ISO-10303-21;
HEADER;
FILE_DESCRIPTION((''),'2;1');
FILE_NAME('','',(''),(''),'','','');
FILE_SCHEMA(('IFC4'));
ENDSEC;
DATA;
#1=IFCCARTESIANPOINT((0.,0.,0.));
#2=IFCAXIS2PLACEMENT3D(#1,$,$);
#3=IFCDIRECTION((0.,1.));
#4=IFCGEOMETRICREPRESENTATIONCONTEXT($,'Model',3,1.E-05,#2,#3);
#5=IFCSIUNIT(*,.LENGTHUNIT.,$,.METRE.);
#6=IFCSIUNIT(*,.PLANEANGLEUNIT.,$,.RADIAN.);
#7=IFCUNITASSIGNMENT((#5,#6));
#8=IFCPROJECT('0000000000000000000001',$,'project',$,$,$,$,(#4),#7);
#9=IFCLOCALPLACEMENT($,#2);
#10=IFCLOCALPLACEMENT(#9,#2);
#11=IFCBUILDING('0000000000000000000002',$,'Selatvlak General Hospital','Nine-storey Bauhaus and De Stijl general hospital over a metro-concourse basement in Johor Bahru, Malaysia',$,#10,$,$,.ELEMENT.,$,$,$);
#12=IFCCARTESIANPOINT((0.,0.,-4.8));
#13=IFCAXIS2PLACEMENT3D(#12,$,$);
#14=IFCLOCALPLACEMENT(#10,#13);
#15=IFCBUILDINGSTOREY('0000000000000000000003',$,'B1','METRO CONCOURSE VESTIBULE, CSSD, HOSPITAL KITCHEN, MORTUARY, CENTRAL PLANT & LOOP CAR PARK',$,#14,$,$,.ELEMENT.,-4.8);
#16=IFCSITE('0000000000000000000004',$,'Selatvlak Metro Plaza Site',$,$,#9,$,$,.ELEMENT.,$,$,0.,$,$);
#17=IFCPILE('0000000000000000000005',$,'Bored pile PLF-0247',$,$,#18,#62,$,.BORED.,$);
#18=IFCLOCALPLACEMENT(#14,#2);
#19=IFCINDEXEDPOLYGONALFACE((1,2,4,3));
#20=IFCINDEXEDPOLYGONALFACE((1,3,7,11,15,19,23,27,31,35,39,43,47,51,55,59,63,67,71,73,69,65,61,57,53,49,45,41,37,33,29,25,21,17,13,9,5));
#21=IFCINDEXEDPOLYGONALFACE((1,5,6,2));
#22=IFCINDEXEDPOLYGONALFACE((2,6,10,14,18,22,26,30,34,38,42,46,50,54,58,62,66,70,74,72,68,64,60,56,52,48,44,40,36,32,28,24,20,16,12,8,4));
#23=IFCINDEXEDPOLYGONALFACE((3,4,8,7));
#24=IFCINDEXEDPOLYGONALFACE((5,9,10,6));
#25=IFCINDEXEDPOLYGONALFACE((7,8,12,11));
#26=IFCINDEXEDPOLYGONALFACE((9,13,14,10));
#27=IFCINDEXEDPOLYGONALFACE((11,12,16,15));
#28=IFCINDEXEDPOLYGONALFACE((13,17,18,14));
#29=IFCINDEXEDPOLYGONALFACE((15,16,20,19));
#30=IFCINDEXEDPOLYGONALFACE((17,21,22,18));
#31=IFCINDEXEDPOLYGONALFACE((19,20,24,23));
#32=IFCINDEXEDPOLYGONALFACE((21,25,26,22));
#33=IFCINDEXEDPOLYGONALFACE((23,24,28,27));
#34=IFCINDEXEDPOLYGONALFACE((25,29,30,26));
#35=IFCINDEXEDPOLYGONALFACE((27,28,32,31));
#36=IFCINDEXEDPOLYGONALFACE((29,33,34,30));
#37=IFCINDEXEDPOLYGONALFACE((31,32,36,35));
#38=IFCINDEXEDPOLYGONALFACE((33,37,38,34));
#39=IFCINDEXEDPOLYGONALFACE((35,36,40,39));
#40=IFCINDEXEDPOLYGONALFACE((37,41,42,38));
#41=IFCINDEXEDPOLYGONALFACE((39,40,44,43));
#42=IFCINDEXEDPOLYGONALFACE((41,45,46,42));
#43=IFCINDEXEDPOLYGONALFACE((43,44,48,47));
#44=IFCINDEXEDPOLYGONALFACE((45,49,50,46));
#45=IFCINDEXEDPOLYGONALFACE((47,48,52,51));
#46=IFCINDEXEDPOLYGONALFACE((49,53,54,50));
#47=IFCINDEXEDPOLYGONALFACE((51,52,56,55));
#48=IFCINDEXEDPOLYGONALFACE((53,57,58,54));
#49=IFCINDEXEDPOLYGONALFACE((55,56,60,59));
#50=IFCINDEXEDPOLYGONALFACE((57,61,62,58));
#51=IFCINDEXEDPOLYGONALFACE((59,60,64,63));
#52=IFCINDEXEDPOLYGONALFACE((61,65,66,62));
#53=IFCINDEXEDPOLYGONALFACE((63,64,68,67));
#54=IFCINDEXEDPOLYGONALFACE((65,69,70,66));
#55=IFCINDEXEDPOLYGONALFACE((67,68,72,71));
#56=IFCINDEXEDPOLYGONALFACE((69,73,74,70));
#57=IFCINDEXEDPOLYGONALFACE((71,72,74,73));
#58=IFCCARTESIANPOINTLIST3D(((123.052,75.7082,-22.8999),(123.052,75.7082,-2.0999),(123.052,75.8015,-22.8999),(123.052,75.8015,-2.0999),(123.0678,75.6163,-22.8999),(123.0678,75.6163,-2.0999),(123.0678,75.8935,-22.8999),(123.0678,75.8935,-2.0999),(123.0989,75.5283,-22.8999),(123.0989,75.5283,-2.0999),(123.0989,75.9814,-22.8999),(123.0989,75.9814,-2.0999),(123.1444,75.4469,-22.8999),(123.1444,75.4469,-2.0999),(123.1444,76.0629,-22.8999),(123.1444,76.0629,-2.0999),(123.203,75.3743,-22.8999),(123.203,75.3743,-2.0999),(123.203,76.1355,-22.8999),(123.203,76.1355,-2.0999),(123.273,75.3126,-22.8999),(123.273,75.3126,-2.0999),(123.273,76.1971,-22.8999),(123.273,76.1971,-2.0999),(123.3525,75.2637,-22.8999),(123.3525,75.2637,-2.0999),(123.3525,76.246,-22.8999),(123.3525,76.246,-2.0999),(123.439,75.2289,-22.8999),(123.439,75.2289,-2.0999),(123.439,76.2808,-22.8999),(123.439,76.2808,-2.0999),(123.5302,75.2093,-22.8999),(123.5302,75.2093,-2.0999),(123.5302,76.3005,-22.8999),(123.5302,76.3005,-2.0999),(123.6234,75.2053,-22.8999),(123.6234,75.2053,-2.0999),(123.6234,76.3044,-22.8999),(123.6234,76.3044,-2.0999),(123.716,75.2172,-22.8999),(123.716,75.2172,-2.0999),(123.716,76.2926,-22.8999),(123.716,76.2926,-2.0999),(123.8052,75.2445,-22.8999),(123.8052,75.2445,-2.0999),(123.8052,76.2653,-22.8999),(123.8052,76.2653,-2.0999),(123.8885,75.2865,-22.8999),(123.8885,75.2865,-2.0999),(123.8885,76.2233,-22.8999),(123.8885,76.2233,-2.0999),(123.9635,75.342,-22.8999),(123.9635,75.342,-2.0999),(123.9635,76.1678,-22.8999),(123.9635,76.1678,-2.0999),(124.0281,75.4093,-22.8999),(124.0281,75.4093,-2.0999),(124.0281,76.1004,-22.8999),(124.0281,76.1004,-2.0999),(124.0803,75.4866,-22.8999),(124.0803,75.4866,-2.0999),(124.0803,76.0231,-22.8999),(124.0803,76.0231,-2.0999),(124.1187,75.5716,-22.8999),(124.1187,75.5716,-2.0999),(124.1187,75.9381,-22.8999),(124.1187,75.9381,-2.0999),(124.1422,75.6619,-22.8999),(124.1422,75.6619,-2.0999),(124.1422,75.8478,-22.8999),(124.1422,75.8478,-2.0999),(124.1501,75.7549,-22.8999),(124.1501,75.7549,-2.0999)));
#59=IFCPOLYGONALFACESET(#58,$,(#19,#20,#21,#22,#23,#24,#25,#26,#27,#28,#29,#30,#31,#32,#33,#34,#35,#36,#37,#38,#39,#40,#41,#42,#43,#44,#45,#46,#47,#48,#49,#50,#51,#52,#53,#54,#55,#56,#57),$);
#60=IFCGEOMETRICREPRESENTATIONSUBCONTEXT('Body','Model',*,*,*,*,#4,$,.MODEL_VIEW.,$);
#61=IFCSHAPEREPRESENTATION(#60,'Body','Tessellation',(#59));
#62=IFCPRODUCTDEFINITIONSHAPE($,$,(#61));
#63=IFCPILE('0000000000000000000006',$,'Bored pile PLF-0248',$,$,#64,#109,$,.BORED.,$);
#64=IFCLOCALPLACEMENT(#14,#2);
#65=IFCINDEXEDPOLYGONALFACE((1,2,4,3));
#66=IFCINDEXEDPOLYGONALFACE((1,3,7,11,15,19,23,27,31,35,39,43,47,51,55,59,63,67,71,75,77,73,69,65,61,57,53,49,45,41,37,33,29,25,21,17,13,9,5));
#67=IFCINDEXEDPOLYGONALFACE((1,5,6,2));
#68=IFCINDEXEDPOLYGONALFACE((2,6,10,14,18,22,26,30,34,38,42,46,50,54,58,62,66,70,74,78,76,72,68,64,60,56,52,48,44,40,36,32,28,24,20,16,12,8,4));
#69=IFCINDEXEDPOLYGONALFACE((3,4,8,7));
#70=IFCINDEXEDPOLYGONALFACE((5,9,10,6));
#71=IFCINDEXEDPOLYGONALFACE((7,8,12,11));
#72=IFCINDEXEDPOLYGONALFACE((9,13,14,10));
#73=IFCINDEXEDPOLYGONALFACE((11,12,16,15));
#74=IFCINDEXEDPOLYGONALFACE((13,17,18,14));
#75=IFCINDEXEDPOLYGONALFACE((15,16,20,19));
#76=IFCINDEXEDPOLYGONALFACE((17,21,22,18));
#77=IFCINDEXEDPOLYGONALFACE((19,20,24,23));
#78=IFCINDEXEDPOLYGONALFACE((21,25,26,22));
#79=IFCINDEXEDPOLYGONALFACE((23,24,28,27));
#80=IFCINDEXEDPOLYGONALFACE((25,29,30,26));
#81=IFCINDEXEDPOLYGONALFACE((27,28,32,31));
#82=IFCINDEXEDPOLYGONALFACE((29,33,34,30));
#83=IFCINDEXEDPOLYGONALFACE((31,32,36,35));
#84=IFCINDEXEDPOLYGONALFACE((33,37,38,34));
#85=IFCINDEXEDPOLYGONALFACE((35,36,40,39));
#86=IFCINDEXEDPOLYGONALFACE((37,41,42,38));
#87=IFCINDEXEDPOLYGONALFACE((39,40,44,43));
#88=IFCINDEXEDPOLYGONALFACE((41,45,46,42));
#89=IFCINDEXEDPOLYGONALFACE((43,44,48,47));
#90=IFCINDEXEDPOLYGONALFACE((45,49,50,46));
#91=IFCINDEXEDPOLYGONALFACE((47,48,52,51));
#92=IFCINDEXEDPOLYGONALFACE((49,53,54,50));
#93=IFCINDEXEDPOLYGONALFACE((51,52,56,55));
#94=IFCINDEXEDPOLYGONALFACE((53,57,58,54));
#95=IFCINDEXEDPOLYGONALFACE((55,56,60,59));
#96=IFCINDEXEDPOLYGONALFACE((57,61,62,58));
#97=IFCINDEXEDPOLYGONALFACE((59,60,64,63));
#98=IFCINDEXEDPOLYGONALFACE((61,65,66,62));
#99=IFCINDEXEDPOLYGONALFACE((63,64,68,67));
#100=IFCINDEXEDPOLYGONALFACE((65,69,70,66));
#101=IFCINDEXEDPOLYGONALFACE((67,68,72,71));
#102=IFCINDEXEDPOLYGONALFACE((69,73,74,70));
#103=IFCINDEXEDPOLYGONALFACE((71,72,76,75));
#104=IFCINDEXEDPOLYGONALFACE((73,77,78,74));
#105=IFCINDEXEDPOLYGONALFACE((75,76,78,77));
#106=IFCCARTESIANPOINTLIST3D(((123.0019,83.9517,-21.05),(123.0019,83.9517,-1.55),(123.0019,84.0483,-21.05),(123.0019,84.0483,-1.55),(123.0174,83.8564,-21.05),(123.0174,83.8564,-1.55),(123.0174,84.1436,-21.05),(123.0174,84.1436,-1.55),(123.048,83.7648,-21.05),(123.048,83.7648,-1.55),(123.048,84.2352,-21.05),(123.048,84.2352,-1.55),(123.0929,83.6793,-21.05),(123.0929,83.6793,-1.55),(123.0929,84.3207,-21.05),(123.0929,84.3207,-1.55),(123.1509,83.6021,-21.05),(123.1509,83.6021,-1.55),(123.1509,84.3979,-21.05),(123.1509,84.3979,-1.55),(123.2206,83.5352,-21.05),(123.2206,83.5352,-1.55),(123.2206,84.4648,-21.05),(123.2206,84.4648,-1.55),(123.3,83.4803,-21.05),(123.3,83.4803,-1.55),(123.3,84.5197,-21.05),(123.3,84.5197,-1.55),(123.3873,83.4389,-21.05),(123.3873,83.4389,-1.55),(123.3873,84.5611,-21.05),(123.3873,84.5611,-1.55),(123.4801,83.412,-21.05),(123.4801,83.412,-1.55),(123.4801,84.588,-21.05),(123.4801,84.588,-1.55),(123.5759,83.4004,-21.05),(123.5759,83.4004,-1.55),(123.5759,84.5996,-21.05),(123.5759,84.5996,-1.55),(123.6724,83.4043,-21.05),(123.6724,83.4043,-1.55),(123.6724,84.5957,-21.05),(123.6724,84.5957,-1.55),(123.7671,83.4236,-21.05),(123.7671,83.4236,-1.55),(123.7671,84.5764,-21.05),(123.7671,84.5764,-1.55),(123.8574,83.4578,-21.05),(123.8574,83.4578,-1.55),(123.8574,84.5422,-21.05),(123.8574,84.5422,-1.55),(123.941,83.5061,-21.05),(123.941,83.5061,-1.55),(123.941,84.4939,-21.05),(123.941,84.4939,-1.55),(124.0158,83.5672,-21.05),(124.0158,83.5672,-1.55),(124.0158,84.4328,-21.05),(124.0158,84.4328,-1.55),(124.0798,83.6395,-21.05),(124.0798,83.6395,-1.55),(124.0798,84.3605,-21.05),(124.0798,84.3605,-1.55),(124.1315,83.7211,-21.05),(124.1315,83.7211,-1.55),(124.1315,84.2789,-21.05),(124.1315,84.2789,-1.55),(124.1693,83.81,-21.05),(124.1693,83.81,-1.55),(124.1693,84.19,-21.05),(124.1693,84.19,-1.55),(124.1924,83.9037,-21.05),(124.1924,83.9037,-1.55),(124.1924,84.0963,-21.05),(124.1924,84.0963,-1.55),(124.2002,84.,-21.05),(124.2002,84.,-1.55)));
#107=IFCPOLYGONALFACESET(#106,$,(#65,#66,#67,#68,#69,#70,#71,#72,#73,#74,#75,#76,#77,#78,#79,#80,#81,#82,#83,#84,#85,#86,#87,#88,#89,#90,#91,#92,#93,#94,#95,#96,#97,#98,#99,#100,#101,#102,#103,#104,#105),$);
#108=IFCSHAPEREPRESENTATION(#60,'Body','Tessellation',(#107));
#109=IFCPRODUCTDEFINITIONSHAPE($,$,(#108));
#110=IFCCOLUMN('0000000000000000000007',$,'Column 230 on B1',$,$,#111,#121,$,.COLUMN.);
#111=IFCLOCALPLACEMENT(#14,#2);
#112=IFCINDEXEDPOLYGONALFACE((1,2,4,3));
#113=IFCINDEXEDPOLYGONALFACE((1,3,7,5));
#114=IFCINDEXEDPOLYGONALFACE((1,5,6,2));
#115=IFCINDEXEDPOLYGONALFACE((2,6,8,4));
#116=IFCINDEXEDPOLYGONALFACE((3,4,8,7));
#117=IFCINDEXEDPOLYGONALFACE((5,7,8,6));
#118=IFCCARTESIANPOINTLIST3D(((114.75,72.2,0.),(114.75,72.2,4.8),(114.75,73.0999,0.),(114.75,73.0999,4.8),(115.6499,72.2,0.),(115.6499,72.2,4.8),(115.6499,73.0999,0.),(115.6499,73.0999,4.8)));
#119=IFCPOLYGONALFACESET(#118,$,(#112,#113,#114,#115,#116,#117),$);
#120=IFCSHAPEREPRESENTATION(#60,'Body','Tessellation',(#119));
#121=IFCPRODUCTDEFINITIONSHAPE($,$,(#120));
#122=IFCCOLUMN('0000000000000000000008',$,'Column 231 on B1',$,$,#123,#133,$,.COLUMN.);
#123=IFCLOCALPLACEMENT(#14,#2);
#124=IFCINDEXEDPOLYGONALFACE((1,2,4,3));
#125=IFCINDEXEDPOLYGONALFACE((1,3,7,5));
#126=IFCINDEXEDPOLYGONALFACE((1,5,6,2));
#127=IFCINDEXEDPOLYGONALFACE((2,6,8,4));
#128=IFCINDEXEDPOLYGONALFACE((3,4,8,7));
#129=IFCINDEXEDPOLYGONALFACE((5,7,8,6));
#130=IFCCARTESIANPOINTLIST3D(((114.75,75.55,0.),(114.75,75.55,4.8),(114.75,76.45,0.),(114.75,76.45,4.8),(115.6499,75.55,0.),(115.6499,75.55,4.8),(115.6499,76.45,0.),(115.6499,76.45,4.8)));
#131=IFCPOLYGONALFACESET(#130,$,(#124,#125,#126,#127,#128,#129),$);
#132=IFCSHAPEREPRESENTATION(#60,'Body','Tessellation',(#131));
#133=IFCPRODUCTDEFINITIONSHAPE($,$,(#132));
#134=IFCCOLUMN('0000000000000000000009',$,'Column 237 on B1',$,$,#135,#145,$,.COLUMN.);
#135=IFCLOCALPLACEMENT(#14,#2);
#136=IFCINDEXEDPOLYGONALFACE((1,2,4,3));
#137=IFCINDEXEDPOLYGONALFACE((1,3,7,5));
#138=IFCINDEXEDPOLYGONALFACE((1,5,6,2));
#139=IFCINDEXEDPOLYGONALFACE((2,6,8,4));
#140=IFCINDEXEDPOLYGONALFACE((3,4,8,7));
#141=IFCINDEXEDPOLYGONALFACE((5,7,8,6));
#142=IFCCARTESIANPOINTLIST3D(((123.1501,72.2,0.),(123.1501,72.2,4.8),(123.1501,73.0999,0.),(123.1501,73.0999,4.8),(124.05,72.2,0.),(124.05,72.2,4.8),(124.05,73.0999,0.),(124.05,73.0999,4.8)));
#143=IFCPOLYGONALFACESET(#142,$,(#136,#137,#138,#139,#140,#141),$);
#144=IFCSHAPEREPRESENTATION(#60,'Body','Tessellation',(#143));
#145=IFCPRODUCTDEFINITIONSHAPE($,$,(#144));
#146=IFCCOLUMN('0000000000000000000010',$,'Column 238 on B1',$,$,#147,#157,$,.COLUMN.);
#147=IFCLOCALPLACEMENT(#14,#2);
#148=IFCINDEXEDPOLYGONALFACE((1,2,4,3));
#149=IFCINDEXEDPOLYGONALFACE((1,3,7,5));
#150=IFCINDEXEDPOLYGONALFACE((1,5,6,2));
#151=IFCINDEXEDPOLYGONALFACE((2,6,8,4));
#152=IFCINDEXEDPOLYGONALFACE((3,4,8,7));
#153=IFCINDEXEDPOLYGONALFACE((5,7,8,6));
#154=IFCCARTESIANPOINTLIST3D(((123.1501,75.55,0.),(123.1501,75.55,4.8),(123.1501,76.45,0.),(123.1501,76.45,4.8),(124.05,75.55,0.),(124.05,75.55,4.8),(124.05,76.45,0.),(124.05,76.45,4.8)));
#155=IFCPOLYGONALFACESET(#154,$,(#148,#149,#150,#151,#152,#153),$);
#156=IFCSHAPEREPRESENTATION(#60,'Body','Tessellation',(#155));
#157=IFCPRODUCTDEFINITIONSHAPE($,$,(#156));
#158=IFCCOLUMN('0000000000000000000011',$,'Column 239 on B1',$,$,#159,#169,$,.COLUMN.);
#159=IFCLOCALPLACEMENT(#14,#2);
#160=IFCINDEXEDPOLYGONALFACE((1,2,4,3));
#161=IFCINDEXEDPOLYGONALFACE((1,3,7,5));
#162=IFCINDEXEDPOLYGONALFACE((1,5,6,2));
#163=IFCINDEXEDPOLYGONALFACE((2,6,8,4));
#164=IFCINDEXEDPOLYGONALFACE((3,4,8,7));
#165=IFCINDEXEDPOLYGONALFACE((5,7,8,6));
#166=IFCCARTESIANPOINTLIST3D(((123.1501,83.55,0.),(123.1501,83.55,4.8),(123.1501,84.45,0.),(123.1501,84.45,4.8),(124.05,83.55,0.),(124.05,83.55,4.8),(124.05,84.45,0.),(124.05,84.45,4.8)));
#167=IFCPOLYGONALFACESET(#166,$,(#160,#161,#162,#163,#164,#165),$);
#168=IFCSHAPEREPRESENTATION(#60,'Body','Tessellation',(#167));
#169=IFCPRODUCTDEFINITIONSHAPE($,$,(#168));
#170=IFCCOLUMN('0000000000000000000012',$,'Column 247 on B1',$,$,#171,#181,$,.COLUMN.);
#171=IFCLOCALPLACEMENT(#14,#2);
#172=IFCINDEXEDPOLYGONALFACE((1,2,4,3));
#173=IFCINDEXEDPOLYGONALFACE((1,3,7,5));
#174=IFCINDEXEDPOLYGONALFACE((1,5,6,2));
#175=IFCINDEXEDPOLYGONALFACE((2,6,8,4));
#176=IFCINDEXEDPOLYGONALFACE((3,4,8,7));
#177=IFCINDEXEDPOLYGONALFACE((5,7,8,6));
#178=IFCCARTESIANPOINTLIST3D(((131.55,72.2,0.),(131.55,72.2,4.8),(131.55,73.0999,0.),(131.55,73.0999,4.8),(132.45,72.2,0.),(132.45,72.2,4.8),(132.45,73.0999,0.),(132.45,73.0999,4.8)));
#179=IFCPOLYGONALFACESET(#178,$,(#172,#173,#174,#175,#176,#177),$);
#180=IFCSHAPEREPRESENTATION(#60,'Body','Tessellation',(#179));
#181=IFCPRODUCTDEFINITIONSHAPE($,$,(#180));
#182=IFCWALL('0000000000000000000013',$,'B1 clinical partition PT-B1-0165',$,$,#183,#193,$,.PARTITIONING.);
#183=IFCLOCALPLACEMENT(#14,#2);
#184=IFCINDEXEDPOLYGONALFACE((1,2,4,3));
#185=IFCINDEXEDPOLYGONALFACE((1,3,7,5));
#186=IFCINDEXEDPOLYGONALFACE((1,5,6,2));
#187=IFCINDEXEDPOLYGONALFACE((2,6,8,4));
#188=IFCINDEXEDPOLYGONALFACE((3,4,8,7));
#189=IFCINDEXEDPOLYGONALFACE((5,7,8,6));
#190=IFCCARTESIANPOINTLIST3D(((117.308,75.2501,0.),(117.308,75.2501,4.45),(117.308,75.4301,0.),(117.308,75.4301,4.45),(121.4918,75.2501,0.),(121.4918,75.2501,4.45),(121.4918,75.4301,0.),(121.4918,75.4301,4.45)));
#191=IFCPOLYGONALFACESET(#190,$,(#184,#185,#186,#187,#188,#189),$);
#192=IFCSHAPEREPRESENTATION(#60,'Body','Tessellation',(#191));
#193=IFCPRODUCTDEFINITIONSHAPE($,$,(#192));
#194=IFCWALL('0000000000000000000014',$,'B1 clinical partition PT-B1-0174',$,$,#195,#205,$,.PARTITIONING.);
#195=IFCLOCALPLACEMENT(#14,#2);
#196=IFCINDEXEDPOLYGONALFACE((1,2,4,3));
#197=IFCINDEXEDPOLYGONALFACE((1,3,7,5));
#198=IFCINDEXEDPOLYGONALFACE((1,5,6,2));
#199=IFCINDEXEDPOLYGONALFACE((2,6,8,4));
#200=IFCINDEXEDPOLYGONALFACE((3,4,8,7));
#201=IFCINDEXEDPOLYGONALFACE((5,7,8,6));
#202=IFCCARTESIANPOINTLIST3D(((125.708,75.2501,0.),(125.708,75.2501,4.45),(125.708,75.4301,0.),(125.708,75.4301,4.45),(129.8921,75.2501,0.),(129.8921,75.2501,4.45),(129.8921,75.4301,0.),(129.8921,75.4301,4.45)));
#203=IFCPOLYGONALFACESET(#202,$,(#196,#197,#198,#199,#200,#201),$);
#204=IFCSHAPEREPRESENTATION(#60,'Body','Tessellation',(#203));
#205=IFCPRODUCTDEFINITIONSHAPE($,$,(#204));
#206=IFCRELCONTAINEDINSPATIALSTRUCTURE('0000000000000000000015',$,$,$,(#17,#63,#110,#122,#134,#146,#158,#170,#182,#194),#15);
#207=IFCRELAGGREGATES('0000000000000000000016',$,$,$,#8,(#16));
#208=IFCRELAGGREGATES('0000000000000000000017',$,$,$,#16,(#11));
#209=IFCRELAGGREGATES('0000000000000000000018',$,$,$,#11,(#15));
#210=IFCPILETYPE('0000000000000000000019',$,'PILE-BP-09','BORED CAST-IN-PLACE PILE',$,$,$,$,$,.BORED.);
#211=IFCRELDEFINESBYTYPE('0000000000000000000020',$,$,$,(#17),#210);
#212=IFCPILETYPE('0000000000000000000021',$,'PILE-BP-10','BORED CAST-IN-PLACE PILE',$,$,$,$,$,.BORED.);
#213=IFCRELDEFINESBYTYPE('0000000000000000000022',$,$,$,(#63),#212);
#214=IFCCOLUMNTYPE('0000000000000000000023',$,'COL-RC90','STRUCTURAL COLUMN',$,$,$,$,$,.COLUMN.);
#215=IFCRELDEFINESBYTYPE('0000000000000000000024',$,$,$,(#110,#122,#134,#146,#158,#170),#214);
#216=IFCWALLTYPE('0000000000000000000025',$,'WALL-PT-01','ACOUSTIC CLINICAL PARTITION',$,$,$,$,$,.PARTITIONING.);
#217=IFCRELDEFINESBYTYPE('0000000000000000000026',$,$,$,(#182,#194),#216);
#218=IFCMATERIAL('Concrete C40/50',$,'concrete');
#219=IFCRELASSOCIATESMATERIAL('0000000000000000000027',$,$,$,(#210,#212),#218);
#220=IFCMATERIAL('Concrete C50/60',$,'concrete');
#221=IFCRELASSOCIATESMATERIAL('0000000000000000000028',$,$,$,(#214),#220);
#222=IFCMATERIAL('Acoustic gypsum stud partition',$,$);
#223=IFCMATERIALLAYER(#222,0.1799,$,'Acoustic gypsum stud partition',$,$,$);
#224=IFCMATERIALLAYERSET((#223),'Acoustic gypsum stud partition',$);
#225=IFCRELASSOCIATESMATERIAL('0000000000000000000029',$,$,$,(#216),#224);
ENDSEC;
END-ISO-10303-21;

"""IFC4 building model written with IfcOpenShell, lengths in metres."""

from ifc_helpers import new_model, si_unit, direction, frame, frame_2d, origin, origin_2d, place, context, subcontext, project, spatial, rectangle, circle, extrude, material, layer, layer_set, material_profile, profile_set, type_object, element, save


model = new_model("IFC4")

# Units and contexts
model_context = context("Model", 3, precision=1e-05, world=origin(), true_north=direction((0.0, 1.0)))
body_context = subcontext(model_context, "Body", "Model", "MODEL_VIEW")
ifc_project = project(units=[si_unit("LENGTHUNIT", "METRE"), si_unit("PLANEANGLEUNIT", "RADIAN")], contexts=[model_context])

# Site, building, storey
site_placement = place(None, origin())
site = spatial("IfcSite", under=ifc_project, at=site_placement, Name="Selatvlak Metro Plaza Site", CompositionType="ELEMENT", RefElevation=0.0)
building_placement = place(site_placement, origin())
building = spatial("IfcBuilding", under=site, at=building_placement, Name="Selatvlak General Hospital", Description="Nine-storey Bauhaus and De Stijl general hospital over a metro-concourse basement in Johor Bahru, Malaysia", CompositionType="ELEMENT")
storey_placement = place(building_placement, frame((0.0, 0.0, -4.8)))
storey = spatial("IfcBuildingStorey", under=building, at=storey_placement, Name="B1", Description="METRO CONCOURSE VESTIBULE, CSSD, HOSPITAL KITCHEN, MORTUARY, CENTRAL PLANT & LOOP CAR PARK", CompositionType="ELEMENT", Elevation=-4.8)

# Shared definitions
ifc_material_1 = material(Name="Concrete C40/50", Category="concrete")

# Piles
ifc_material_profile_1 = material_profile(ifc_material_1, circle(Radius=0.55, at=origin_2d()), Name="BORED PILE 1100")
ifc_profile_set_1 = profile_set([ifc_material_profile_1], Name="Concrete C40/50")
pile_type_1 = type_object("IfcPileType", Name="PILE-BP-09", Description="BORED CAST-IN-PLACE PILE", PredefinedType="BORED", material=ifc_profile_set_1)
for number, where, z_axis, x_axis, name in (
    (1, (123.6001, 75.7549, -2.0999), (0.0, 0.0, -1.0), (1.0, 0.0, 0.0), "Bored pile PLF-0247"),
):
    element("IfcPile", number, at=place(storey_placement, frame(where, z_axis=z_axis, x_axis=x_axis)), inside=storey, type_object=pile_type_1, Name=name, PredefinedType="BORED", context=body_context, shape_type="SweptSolid", body=[
        extrude(circle(Radius=0.55, at=origin_2d()), origin(), (0.0, 0.0, 1.0), 20.8),
    ])
ifc_material_profile_2 = material_profile(ifc_material_1, circle(Radius=0.6001, at=origin_2d()), Name="BORED PILE 1200")
ifc_profile_set_2 = profile_set([ifc_material_profile_2], Name="Concrete C40/50")
pile_type_2 = type_object("IfcPileType", Name="PILE-BP-10", Description="BORED CAST-IN-PLACE PILE", PredefinedType="BORED", material=ifc_profile_set_2)
pile_1_placement = place(storey_placement, frame((123.6001, 84.0, -1.55), z_axis=(0.0, 0.0, -1.0), x_axis=(1.0, 0.0, 0.0)))
element("IfcPile", 2, at=pile_1_placement, inside=storey, type_object=pile_type_2, Name="Bored pile PLF-0248", PredefinedType="BORED", context=body_context, shape_type="SweptSolid", body=[
    extrude(circle(Radius=0.6001, at=origin_2d()), origin(), (0.0, 0.0, 1.0), 19.5),
])

# Columns
ifc_material_2 = material(Name="Concrete C50/60", Category="concrete")
ifc_material_profile_3 = material_profile(ifc_material_2, rectangle(XDim=0.8999, YDim=0.8999, at=origin_2d()), Name="RC-COL 900x900")
ifc_profile_set_3 = profile_set([ifc_material_profile_3], Name="Concrete C50/60")
column_type = type_object("IfcColumnType", Name="COL-RC90", Description="STRUCTURAL COLUMN", PredefinedType="COLUMN", material=ifc_profile_set_3)
for number, where, z_axis, x_axis, name in (
    (3, (115.2, 72.6499, 0.0), (0.0, 0.0, 1.0), (1.0, 0.0, 0.0), "Column 230 on B1"),
    (4, (115.2, 76.0, 0.0), (0.0, 0.0, 1.0), (1.0, 0.0, 0.0), "Column 231 on B1"),
    (5, (123.6001, 72.6499, 0.0), (0.0, 0.0, 1.0), (1.0, 0.0, 0.0), "Column 237 on B1"),
    (6, (123.6001, 76.0, 0.0), (0.0, 0.0, 1.0), (1.0, 0.0, 0.0), "Column 238 on B1"),
    (7, (123.6001, 84.0, 0.0), (0.0, 0.0, 1.0), (1.0, 0.0, 0.0), "Column 239 on B1"),
    (8, (132.0, 72.6499, 0.0), (0.0, 0.0, 1.0), (1.0, 0.0, 0.0), "Column 247 on B1"),
):
    element("IfcColumn", number, at=place(storey_placement, frame(where, z_axis=z_axis, x_axis=x_axis)), inside=storey, type_object=column_type, Name=name, PredefinedType="COLUMN", context=body_context, shape_type="SweptSolid", body=[
        extrude(rectangle(XDim=0.8999, YDim=0.8999, at=origin_2d()), origin(), (0.0, 0.0, 1.0), 4.8),
    ])

# Walls
ifc_material_3 = material(Name="Acoustic gypsum stud partition")
ifc_layer_1 = layer(ifc_material_3, 0.1799, Name="Acoustic gypsum stud partition")
ifc_layer_set_1 = layer_set([ifc_layer_1], Name="Acoustic gypsum stud partition")
wall_type_1 = type_object("IfcWallType", Name="WALL-PT-01", Description="ACOUSTIC CLINICAL PARTITION", PredefinedType="PARTITIONING", material=ifc_layer_set_1)
wall_1_placement = place(storey_placement, frame((117.3081, 75.3401, 0.0), z_axis=(0.0, 0.0, 1.0), x_axis=(1.0, 0.0, 0.0)))
element("IfcWall", 9, at=wall_1_placement, inside=storey, type_object=wall_type_1, Name="B1 clinical partition PT-B1-0165", PredefinedType="PARTITIONING", context=body_context, shape_type="SweptSolid", body=[
    extrude(rectangle(XDim=4.1838, YDim=0.1799, at=frame_2d((2.0918, 0.0))), origin(), (0.0, 0.0, 1.0), 4.45),
])
wall_2_placement = place(storey_placement, frame((125.708, 75.3401, 0.0), z_axis=(0.0, 0.0, 1.0), x_axis=(1.0, 0.0, 0.0)))
element("IfcWall", 10, at=wall_2_placement, inside=storey, type_object=wall_type_1, Name="B1 clinical partition PT-B1-0174", PredefinedType="PARTITIONING", context=body_context, shape_type="SweptSolid", body=[
    extrude(rectangle(XDim=4.1841, YDim=0.1799, at=frame_2d((2.092, 0.0))), origin(), (0.0, 0.0, 1.0), 4.45),
])

save(model, "model.ifc")
